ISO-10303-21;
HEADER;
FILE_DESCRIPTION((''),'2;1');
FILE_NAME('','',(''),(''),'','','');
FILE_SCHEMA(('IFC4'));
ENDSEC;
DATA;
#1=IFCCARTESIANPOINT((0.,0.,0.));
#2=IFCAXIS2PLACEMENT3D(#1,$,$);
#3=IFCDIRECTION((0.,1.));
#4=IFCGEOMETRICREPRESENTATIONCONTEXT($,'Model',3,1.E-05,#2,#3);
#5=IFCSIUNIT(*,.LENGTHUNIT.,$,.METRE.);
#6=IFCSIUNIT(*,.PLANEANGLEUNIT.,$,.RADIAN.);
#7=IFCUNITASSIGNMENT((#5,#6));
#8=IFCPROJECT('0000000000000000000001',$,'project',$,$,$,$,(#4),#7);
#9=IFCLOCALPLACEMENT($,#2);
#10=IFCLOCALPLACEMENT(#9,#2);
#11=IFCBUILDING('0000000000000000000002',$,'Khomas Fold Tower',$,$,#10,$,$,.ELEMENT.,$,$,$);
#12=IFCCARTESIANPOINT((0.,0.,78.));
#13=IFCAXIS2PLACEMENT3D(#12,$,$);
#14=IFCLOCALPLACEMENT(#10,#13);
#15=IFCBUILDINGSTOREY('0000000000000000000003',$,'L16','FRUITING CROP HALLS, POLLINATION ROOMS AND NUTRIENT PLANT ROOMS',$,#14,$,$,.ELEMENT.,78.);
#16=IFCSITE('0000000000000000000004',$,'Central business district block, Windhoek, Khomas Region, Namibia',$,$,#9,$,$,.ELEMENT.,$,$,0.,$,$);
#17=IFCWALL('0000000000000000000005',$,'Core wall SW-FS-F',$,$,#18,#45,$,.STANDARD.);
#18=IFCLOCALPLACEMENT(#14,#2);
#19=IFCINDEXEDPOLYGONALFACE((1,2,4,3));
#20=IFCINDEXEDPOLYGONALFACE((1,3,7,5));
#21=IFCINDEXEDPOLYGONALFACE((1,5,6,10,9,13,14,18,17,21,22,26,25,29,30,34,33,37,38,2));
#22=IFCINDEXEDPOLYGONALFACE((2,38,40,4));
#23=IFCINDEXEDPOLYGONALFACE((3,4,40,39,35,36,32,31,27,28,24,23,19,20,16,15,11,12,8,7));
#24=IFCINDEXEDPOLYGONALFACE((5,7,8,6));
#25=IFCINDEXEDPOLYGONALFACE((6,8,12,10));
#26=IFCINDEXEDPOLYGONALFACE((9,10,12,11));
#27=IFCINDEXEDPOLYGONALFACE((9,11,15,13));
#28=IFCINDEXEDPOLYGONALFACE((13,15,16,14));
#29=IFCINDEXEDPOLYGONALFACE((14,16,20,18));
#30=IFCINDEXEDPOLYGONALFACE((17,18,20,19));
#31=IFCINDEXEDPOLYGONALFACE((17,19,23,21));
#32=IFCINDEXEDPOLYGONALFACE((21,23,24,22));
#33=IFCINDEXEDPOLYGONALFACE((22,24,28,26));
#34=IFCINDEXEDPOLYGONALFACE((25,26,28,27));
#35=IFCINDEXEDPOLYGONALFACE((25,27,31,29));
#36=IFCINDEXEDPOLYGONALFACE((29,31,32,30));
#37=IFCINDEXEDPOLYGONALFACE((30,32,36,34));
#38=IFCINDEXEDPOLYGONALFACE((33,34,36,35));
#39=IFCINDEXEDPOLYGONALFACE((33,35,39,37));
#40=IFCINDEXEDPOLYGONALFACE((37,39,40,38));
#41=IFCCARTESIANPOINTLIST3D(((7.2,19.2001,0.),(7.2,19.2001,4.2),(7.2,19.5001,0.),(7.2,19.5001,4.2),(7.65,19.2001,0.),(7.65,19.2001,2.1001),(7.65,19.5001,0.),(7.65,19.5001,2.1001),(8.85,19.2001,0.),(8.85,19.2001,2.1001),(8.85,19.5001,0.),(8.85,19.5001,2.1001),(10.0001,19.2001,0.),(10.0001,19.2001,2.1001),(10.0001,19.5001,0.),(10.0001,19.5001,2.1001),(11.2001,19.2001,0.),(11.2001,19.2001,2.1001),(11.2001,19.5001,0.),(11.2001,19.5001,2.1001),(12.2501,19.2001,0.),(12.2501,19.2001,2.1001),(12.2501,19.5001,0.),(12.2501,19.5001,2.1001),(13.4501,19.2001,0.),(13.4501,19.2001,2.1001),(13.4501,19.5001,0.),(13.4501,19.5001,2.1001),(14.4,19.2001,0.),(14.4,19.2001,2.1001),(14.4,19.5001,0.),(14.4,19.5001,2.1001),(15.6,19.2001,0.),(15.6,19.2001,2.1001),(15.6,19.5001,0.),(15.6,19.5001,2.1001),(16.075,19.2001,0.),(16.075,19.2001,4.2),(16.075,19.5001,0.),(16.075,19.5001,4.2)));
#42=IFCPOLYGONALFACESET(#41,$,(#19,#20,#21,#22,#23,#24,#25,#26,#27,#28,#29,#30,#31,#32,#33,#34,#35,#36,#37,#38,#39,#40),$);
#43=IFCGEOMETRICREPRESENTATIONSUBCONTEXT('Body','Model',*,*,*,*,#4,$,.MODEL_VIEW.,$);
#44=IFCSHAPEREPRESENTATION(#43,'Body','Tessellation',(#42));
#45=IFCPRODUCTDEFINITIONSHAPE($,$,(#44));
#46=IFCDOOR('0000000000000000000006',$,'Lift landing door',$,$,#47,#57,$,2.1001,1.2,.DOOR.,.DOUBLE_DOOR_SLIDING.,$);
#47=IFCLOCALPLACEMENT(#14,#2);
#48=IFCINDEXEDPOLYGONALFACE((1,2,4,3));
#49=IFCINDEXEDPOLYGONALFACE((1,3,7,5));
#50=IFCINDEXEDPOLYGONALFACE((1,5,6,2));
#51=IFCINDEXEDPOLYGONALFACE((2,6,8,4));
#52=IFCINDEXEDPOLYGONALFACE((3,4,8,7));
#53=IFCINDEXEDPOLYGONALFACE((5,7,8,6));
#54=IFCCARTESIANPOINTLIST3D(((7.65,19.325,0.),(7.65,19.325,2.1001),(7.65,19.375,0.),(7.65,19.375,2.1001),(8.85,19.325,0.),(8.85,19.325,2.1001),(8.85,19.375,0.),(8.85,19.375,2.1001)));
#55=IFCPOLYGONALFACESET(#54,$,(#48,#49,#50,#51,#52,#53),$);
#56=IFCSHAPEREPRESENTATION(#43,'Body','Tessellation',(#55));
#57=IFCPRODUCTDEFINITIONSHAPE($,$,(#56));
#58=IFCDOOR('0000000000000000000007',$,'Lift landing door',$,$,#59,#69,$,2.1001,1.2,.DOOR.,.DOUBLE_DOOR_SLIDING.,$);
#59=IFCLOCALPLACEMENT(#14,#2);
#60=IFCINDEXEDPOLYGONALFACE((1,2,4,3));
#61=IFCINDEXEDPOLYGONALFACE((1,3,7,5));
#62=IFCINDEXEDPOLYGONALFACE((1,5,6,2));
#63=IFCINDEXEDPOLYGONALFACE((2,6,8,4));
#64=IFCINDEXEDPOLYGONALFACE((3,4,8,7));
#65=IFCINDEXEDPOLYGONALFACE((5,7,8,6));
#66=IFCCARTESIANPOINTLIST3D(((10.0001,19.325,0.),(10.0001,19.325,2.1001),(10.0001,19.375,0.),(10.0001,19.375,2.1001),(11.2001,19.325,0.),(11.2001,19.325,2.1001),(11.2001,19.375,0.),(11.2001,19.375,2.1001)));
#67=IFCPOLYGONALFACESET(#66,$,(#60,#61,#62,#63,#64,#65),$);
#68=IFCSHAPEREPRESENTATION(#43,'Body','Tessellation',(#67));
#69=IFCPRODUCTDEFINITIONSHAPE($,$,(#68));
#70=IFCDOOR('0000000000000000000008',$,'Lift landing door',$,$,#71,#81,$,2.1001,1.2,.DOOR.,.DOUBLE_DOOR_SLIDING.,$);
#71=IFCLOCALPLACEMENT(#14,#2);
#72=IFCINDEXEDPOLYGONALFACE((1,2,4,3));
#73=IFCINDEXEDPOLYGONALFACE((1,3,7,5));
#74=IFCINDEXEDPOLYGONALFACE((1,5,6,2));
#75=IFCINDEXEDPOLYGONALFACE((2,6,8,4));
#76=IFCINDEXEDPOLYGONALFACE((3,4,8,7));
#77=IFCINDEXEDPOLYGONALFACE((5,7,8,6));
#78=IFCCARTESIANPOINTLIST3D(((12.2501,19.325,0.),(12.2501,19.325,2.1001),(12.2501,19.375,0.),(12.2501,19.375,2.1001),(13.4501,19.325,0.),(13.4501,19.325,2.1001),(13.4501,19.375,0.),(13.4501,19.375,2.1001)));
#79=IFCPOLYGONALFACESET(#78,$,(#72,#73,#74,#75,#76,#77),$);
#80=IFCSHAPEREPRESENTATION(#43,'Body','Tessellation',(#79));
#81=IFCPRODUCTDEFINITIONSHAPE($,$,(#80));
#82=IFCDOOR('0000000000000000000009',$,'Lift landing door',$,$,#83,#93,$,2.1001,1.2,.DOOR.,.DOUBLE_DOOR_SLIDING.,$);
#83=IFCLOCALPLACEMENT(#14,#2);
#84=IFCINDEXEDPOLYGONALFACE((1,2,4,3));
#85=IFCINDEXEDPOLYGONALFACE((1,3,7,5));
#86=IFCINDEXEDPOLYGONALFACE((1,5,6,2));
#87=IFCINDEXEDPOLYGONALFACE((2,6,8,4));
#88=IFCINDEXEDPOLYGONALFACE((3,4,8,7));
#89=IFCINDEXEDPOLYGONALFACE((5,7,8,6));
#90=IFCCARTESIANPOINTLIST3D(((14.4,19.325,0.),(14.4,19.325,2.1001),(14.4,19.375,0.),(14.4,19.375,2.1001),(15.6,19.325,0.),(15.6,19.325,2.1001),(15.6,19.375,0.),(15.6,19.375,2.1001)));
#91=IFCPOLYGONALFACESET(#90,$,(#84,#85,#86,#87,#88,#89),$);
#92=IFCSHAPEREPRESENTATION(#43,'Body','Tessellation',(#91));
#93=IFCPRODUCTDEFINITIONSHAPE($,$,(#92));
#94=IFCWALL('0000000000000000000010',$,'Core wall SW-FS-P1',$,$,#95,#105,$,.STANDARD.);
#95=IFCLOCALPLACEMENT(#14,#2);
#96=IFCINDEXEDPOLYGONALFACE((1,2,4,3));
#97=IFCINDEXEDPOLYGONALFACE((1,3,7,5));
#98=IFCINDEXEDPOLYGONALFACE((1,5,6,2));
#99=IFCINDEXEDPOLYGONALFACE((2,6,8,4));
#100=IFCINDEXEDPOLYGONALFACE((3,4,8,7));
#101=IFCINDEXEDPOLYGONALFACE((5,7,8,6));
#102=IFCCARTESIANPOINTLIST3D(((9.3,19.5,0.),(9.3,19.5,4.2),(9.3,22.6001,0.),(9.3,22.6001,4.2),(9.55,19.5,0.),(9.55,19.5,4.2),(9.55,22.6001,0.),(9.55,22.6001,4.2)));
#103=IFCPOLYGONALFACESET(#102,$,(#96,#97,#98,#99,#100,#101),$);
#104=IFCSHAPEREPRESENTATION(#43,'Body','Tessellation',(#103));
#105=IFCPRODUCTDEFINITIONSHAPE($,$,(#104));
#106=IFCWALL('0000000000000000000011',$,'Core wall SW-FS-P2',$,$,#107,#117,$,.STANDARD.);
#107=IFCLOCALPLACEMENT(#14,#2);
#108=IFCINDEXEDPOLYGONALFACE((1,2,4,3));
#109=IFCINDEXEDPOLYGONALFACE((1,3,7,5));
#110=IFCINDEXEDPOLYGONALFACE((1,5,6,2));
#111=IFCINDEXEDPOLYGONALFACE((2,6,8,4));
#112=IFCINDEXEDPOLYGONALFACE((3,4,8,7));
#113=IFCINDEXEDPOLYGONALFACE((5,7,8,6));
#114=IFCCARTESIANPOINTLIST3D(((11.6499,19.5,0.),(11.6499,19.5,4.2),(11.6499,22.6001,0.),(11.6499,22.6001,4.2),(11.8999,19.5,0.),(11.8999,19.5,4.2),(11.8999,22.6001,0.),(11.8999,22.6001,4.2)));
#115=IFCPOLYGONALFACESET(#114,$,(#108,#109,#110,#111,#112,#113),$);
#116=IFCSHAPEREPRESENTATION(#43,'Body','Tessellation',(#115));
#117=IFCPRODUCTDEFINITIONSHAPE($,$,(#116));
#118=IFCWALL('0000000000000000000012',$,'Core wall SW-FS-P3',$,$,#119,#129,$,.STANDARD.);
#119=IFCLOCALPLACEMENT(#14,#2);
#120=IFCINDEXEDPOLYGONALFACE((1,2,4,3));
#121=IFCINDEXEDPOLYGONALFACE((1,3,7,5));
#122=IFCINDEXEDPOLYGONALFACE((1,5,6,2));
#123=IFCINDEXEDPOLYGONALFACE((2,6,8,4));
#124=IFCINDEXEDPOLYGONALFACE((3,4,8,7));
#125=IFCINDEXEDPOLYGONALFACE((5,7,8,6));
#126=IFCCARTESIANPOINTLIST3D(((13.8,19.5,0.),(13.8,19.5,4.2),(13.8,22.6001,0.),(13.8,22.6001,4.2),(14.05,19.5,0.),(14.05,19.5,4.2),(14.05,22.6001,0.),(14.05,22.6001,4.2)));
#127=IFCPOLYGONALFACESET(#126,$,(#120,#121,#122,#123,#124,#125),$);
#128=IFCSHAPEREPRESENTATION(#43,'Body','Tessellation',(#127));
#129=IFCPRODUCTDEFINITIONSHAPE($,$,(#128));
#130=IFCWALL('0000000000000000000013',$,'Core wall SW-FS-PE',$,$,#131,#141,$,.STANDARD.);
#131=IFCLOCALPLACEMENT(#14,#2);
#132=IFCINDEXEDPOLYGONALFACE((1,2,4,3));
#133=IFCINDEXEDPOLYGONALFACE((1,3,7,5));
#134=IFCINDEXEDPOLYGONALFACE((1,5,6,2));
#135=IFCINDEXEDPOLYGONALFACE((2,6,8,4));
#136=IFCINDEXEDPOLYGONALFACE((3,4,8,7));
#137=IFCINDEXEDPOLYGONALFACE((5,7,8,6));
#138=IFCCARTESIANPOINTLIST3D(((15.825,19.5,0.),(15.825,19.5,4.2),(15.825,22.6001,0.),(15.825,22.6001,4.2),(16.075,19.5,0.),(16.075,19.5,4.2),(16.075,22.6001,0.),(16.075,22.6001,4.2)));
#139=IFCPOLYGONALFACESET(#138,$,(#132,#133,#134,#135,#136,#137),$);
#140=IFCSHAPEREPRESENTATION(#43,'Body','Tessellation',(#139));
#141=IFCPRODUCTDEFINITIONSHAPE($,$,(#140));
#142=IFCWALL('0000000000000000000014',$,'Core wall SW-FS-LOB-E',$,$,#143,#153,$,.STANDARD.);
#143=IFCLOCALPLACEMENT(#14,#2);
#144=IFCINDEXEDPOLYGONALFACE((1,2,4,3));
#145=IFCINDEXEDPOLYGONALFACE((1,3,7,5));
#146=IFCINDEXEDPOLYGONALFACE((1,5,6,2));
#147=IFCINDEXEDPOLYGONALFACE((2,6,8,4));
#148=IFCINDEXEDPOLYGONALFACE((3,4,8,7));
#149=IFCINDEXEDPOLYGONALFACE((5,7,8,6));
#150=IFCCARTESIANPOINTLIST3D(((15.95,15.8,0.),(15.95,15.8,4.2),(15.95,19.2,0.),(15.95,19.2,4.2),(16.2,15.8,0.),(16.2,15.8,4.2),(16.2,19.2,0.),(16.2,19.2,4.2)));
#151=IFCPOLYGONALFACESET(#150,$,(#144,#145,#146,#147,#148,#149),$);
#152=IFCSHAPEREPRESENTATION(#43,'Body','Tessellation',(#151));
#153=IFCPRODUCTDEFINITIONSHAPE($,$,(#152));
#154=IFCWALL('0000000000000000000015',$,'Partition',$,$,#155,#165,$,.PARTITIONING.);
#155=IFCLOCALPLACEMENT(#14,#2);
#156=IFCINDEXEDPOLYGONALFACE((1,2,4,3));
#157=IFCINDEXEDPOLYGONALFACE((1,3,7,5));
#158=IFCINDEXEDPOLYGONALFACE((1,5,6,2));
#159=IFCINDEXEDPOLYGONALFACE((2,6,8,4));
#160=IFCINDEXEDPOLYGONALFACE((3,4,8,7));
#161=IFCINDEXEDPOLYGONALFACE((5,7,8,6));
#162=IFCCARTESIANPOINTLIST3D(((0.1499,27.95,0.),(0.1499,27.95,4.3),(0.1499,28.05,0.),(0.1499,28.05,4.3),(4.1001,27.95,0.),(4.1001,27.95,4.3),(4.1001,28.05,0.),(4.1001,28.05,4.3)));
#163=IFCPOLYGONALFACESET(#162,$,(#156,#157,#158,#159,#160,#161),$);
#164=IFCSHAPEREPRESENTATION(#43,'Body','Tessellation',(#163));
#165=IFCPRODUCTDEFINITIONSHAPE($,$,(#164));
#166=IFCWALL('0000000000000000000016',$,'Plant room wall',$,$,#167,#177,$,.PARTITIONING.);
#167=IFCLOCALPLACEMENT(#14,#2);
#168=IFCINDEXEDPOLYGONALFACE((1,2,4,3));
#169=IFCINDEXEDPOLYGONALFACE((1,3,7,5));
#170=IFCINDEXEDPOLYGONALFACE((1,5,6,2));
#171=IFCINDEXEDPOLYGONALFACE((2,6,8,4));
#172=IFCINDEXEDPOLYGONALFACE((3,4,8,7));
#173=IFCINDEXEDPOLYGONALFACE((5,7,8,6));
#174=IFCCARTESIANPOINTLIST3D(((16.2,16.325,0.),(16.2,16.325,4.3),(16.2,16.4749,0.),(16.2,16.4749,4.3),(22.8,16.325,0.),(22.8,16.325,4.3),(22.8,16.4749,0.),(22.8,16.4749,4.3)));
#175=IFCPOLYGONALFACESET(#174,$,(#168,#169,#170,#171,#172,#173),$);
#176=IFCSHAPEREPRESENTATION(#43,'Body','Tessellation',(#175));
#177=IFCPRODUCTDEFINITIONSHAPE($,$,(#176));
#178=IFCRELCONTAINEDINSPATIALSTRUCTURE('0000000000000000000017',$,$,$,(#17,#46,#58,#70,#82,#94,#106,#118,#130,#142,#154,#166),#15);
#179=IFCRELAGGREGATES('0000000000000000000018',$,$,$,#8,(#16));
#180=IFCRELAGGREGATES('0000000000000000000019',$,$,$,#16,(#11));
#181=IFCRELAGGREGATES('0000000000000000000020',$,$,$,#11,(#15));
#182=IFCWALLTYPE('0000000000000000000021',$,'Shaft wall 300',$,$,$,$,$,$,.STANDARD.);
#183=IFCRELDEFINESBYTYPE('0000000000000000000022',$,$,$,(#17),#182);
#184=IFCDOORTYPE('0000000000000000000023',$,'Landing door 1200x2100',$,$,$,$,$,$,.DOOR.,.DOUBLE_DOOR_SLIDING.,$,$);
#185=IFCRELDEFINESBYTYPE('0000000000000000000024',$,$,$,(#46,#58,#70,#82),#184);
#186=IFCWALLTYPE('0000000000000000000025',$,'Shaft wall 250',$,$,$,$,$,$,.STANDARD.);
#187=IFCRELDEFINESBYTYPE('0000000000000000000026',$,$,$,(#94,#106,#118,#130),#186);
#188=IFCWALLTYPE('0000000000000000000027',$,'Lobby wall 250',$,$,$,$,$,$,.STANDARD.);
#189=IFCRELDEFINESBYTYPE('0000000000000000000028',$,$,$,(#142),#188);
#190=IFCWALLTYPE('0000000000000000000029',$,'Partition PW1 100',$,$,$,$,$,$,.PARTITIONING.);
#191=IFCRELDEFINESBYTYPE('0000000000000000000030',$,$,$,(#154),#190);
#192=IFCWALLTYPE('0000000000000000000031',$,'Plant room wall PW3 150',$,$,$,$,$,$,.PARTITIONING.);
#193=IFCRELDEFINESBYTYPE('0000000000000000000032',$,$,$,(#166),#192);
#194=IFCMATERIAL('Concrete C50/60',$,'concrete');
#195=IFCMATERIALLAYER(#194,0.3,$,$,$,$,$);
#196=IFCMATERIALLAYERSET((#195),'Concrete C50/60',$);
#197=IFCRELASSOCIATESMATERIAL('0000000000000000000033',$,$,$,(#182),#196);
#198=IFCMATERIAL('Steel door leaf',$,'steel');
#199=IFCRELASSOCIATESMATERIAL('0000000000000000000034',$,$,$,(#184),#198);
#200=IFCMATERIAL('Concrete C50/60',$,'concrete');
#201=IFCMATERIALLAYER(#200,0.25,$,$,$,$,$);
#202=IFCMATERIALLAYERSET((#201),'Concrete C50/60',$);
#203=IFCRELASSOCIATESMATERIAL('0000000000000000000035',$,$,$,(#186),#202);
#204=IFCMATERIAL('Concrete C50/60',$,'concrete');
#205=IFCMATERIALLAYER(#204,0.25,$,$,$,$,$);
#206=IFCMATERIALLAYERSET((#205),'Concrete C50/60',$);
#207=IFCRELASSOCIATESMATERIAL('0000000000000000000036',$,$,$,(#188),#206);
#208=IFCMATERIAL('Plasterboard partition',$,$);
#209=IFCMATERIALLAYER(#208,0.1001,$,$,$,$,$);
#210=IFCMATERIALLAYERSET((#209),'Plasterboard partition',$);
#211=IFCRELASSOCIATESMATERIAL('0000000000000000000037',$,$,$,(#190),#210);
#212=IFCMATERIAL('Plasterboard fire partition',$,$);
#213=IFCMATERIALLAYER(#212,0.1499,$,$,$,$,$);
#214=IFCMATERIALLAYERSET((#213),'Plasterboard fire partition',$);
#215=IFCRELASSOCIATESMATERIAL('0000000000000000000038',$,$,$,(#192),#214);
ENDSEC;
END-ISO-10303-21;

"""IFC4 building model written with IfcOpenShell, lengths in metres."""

from ifc_helpers import new_model, si_unit, direction, frame, frame_2d, origin, place, context, subcontext, project, spatial, rectangle, extrude, source, transform, mapped, material, layer, layer_set, type_object, element, fill, save


model = new_model("IFC4")

# Units and contexts
model_context = context("Model", 3, precision=1e-05, world=origin(), true_north=direction((0.0, 1.0)))
body_context = subcontext(model_context, "Body", "Model", "MODEL_VIEW")
ifc_project = project(units=[si_unit("LENGTHUNIT", "METRE"), si_unit("PLANEANGLEUNIT", "RADIAN")], contexts=[model_context])

# Site, building, storey
site_placement = place(None, origin())
site = spatial("IfcSite", under=ifc_project, at=site_placement, Name="Central business district block, Windhoek, Khomas Region, Namibia", CompositionType="ELEMENT", RefElevation=0.0)
building_placement = place(site_placement, origin())
building = spatial("IfcBuilding", under=site, at=building_placement, Name="Khomas Fold Tower", CompositionType="ELEMENT")
storey_placement = place(building_placement, frame((0.0, 0.0, 78.0)))
storey = spatial("IfcBuildingStorey", under=building, at=storey_placement, Name="L16", Description="FRUITING CROP HALLS, POLLINATION ROOMS AND NUTRIENT PLANT ROOMS", CompositionType="ELEMENT", Elevation=78.0)

# Shared definitions
ifc_material_1 = material(Name="Concrete C50/60", Category="concrete")
ifc_layer_1 = layer(ifc_material_1, 0.3)
ifc_layer_set_1 = layer_set([ifc_layer_1], Name="Concrete C50/60")
wall_type_1 = type_object("IfcWallType", Name="Shaft wall 300", PredefinedType="STANDARD", material=ifc_layer_set_1)

# Wall, openings, doors
shared_shape_1 = source(origin(), body_context, "Body", "SweptSolid", [
    extrude(rectangle(XDim=8.875, YDim=0.3, at=frame_2d((4.4375, 0.0))), origin(), (0.0, 0.0, 1.0), 4.2),
])
wall_1_placement = place(storey_placement, frame((7.2, 19.3501, 0.0), z_axis=(0.0, 0.0, 1.0), x_axis=(1.0, 0.0, 0.0)))
wall_1 = element("IfcWall", 1, at=wall_1_placement, inside=storey, type_object=wall_type_1, Name="Core wall SW-FS-F", PredefinedType="STANDARD", context=body_context, shape_type="MappedRepresentation", body=[
    mapped(shared_shape_1, transform((0.0, 0.0, 0.0))),
])
shared_shape_2 = source(origin(), body_context, "Body", "SweptSolid", [
    extrude(rectangle(XDim=1.2, YDim=2.1001, at=frame_2d((0.6001, 1.05))), frame((0.0, 0.1599, 0.0), z_axis=(0.0, -1.0, 0.0), x_axis=(1.0, 0.0, 0.0)), (0.0, 0.0, 1.0), 0.3201),
])
opening_1_placement = place(wall_1_placement, frame((0.45, 0.0, 0.0)))
opening_1 = element("IfcOpeningElement", 2, at=opening_1_placement, cuts=wall_1, PredefinedType="OPENING", context=body_context, shape_type="MappedRepresentation", body=[
    mapped(shared_shape_2, transform((0.0, 0.0, 0.0))),
])
opening_2_placement = place(wall_1_placement, frame((2.8, 0.0, 0.0)))
opening_2 = element("IfcOpeningElement", 3, at=opening_2_placement, cuts=wall_1, PredefinedType="OPENING", context=body_context, shape_type="MappedRepresentation", body=[
    mapped(shared_shape_2, transform((0.0, 0.0, 0.0))),
])
opening_3_placement = place(wall_1_placement, frame((5.05, 0.0, 0.0)))
opening_3 = element("IfcOpeningElement", 4, at=opening_3_placement, cuts=wall_1, PredefinedType="OPENING", context=body_context, shape_type="MappedRepresentation", body=[
    mapped(shared_shape_2, transform((0.0, 0.0, 0.0))),
])
opening_4_placement = place(wall_1_placement, frame((7.2, 0.0, 0.0)))
opening_4 = element("IfcOpeningElement", 5, at=opening_4_placement, cuts=wall_1, PredefinedType="OPENING", context=body_context, shape_type="MappedRepresentation", body=[
    mapped(shared_shape_2, transform((0.0, 0.0, 0.0))),
])
ifc_material_2 = material(Name="Steel door leaf", Category="steel")
door_type_1 = type_object("IfcDoorType", Name="Landing door 1200x2100", OperationType="DOUBLE_DOOR_SLIDING", PredefinedType="DOOR", material=ifc_material_2)
shared_shape_3 = source(origin(), body_context, "Body", "SweptSolid", [
    extrude(rectangle(XDim=1.2, YDim=2.1001, at=frame_2d((0.6001, 1.05))), frame((0.0, 0.0249, 0.0), z_axis=(0.0, -1.0, 0.0), x_axis=(1.0, 0.0, 0.0)), (0.0, 0.0, 1.0), 0.05),
])
door_1_placement = place(opening_1_placement, origin())
door_1 = element("IfcDoor", 6, at=door_1_placement, inside=storey, type_object=door_type_1, Name="Lift landing door", OperationType="DOUBLE_DOOR_SLIDING", OverallHeight=2.1001, OverallWidth=1.2, PredefinedType="DOOR", context=body_context, shape_type="MappedRepresentation", body=[
    mapped(shared_shape_3, transform((0.0, 0.0, 0.0))),
])
fill(opening_1, door_1)
door_2_placement = place(opening_2_placement, origin())
door_2 = element("IfcDoor", 7, at=door_2_placement, inside=storey, type_object=door_type_1, Name="Lift landing door", OperationType="DOUBLE_DOOR_SLIDING", OverallHeight=2.1001, OverallWidth=1.2, PredefinedType="DOOR", context=body_context, shape_type="MappedRepresentation", body=[
    mapped(shared_shape_3, transform((0.0, 0.0, 0.0))),
])
fill(opening_2, door_2)
door_3_placement = place(opening_3_placement, origin())
door_3 = element("IfcDoor", 8, at=door_3_placement, inside=storey, type_object=door_type_1, Name="Lift landing door", OperationType="DOUBLE_DOOR_SLIDING", OverallHeight=2.1001, OverallWidth=1.2, PredefinedType="DOOR", context=body_context, shape_type="MappedRepresentation", body=[
    mapped(shared_shape_3, transform((0.0, 0.0, 0.0))),
])
fill(opening_3, door_3)
door_4_placement = place(opening_4_placement, origin())
door_4 = element("IfcDoor", 9, at=door_4_placement, inside=storey, type_object=door_type_1, Name="Lift landing door", OperationType="DOUBLE_DOOR_SLIDING", OverallHeight=2.1001, OverallWidth=1.2, PredefinedType="DOOR", context=body_context, shape_type="MappedRepresentation", body=[
    mapped(shared_shape_3, transform((0.0, 0.0, 0.0))),
])
fill(opening_4, door_4)

# Walls
ifc_material_3 = material(Name="Concrete C50/60", Category="concrete")
ifc_layer_2 = layer(ifc_material_3, 0.25)
ifc_layer_set_2 = layer_set([ifc_layer_2], Name="Concrete C50/60")
wall_type_2 = type_object("IfcWallType", Name="Shaft wall 250", PredefinedType="STANDARD", material=ifc_layer_set_2)
shared_shape_4 = source(origin(), body_context, "Body", "SweptSolid", [
    extrude(rectangle(XDim=3.1001, YDim=0.25, at=frame_2d((1.55, 0.0))), origin(), (0.0, 0.0, 1.0), 4.2),
])
for number, where, z_axis, x_axis, name in (
    (10, (9.425, 19.5, 0.0), (0.0, 0.0, 1.0), (0.0, 1.0, 0.0), "Core wall SW-FS-P1"),
    (11, (11.7749, 19.5, 0.0), (0.0, 0.0, 1.0), (0.0, 1.0, 0.0), "Core wall SW-FS-P2"),
    (12, (13.925, 19.5, 0.0), (0.0, 0.0, 1.0), (0.0, 1.0, 0.0), "Core wall SW-FS-P3"),
    (13, (15.95, 19.5, 0.0), (0.0, 0.0, 1.0), (0.0, 1.0, 0.0), "Core wall SW-FS-PE"),
):
    element("IfcWall", number, at=place(storey_placement, frame(where, z_axis=z_axis, x_axis=x_axis)), inside=storey, type_object=wall_type_2, Name=name, PredefinedType="STANDARD", context=body_context, shape_type="MappedRepresentation", body=[
        mapped(shared_shape_4, transform((0.0, 0.0, 0.0))),
    ])
ifc_material_4 = material(Name="Concrete C50/60", Category="concrete")
ifc_layer_3 = layer(ifc_material_4, 0.25)
ifc_layer_set_3 = layer_set([ifc_layer_3], Name="Concrete C50/60")
wall_type_3 = type_object("IfcWallType", Name="Lobby wall 250", PredefinedType="STANDARD", material=ifc_layer_set_3)
shared_shape_5 = source(origin(), body_context, "Body", "SweptSolid", [
    extrude(rectangle(XDim=3.3999, YDim=0.25, at=frame_2d((1.7, 0.0))), origin(), (0.0, 0.0, 1.0), 4.2),
])
wall_2_placement = place(storey_placement, frame((16.075, 15.8, 0.0), z_axis=(0.0, 0.0, 1.0), x_axis=(0.0, 1.0, 0.0)))
element("IfcWall", 14, at=wall_2_placement, inside=storey, type_object=wall_type_3, Name="Core wall SW-FS-LOB-E", PredefinedType="STANDARD", context=body_context, shape_type="MappedRepresentation", body=[
    mapped(shared_shape_5, transform((0.0, 0.0, 0.0))),
])
ifc_material_5 = material(Name="Plasterboard partition")
ifc_layer_4 = layer(ifc_material_5, 0.1001)
ifc_layer_set_4 = layer_set([ifc_layer_4], Name="Plasterboard partition")
wall_type_4 = type_object("IfcWallType", Name="Partition PW1 100", PredefinedType="PARTITIONING", material=ifc_layer_set_4)
shared_shape_6 = source(origin(), body_context, "Body", "SweptSolid", [
    extrude(rectangle(XDim=3.9502, YDim=0.1001, at=frame_2d((1.9751, 0.0))), origin(), (0.0, 0.0, 1.0), 4.3),
])
wall_3_placement = place(storey_placement, frame((0.1499, 28.0, 0.0), z_axis=(0.0, 0.0, 1.0), x_axis=(1.0, 0.0, 0.0)))
element("IfcWall", 15, at=wall_3_placement, inside=storey, type_object=wall_type_4, Name="Partition", PredefinedType="PARTITIONING", context=body_context, shape_type="MappedRepresentation", body=[
    mapped(shared_shape_6, transform((0.0, 0.0, 0.0))),
])
ifc_material_6 = material(Name="Plasterboard fire partition")
ifc_layer_5 = layer(ifc_material_6, 0.1499)
ifc_layer_set_5 = layer_set([ifc_layer_5], Name="Plasterboard fire partition")
wall_type_5 = type_object("IfcWallType", Name="Plant room wall PW3 150", PredefinedType="PARTITIONING", material=ifc_layer_set_5)
shared_shape_7 = source(origin(), body_context, "Body", "SweptSolid", [
    extrude(rectangle(XDim=6.6001, YDim=0.1499, at=frame_2d((3.3, 0.0))), origin(), (0.0, 0.0, 1.0), 4.3),
])
wall_4_placement = place(storey_placement, frame((16.2, 16.3999, 0.0), z_axis=(0.0, 0.0, 1.0), x_axis=(1.0, 0.0, 0.0)))
element("IfcWall", 16, at=wall_4_placement, inside=storey, type_object=wall_type_5, Name="Plant room wall", PredefinedType="PARTITIONING", context=body_context, shape_type="MappedRepresentation", body=[
    mapped(shared_shape_7, transform((0.0, 0.0, 0.0))),
])

save(model, "model.ifc")
